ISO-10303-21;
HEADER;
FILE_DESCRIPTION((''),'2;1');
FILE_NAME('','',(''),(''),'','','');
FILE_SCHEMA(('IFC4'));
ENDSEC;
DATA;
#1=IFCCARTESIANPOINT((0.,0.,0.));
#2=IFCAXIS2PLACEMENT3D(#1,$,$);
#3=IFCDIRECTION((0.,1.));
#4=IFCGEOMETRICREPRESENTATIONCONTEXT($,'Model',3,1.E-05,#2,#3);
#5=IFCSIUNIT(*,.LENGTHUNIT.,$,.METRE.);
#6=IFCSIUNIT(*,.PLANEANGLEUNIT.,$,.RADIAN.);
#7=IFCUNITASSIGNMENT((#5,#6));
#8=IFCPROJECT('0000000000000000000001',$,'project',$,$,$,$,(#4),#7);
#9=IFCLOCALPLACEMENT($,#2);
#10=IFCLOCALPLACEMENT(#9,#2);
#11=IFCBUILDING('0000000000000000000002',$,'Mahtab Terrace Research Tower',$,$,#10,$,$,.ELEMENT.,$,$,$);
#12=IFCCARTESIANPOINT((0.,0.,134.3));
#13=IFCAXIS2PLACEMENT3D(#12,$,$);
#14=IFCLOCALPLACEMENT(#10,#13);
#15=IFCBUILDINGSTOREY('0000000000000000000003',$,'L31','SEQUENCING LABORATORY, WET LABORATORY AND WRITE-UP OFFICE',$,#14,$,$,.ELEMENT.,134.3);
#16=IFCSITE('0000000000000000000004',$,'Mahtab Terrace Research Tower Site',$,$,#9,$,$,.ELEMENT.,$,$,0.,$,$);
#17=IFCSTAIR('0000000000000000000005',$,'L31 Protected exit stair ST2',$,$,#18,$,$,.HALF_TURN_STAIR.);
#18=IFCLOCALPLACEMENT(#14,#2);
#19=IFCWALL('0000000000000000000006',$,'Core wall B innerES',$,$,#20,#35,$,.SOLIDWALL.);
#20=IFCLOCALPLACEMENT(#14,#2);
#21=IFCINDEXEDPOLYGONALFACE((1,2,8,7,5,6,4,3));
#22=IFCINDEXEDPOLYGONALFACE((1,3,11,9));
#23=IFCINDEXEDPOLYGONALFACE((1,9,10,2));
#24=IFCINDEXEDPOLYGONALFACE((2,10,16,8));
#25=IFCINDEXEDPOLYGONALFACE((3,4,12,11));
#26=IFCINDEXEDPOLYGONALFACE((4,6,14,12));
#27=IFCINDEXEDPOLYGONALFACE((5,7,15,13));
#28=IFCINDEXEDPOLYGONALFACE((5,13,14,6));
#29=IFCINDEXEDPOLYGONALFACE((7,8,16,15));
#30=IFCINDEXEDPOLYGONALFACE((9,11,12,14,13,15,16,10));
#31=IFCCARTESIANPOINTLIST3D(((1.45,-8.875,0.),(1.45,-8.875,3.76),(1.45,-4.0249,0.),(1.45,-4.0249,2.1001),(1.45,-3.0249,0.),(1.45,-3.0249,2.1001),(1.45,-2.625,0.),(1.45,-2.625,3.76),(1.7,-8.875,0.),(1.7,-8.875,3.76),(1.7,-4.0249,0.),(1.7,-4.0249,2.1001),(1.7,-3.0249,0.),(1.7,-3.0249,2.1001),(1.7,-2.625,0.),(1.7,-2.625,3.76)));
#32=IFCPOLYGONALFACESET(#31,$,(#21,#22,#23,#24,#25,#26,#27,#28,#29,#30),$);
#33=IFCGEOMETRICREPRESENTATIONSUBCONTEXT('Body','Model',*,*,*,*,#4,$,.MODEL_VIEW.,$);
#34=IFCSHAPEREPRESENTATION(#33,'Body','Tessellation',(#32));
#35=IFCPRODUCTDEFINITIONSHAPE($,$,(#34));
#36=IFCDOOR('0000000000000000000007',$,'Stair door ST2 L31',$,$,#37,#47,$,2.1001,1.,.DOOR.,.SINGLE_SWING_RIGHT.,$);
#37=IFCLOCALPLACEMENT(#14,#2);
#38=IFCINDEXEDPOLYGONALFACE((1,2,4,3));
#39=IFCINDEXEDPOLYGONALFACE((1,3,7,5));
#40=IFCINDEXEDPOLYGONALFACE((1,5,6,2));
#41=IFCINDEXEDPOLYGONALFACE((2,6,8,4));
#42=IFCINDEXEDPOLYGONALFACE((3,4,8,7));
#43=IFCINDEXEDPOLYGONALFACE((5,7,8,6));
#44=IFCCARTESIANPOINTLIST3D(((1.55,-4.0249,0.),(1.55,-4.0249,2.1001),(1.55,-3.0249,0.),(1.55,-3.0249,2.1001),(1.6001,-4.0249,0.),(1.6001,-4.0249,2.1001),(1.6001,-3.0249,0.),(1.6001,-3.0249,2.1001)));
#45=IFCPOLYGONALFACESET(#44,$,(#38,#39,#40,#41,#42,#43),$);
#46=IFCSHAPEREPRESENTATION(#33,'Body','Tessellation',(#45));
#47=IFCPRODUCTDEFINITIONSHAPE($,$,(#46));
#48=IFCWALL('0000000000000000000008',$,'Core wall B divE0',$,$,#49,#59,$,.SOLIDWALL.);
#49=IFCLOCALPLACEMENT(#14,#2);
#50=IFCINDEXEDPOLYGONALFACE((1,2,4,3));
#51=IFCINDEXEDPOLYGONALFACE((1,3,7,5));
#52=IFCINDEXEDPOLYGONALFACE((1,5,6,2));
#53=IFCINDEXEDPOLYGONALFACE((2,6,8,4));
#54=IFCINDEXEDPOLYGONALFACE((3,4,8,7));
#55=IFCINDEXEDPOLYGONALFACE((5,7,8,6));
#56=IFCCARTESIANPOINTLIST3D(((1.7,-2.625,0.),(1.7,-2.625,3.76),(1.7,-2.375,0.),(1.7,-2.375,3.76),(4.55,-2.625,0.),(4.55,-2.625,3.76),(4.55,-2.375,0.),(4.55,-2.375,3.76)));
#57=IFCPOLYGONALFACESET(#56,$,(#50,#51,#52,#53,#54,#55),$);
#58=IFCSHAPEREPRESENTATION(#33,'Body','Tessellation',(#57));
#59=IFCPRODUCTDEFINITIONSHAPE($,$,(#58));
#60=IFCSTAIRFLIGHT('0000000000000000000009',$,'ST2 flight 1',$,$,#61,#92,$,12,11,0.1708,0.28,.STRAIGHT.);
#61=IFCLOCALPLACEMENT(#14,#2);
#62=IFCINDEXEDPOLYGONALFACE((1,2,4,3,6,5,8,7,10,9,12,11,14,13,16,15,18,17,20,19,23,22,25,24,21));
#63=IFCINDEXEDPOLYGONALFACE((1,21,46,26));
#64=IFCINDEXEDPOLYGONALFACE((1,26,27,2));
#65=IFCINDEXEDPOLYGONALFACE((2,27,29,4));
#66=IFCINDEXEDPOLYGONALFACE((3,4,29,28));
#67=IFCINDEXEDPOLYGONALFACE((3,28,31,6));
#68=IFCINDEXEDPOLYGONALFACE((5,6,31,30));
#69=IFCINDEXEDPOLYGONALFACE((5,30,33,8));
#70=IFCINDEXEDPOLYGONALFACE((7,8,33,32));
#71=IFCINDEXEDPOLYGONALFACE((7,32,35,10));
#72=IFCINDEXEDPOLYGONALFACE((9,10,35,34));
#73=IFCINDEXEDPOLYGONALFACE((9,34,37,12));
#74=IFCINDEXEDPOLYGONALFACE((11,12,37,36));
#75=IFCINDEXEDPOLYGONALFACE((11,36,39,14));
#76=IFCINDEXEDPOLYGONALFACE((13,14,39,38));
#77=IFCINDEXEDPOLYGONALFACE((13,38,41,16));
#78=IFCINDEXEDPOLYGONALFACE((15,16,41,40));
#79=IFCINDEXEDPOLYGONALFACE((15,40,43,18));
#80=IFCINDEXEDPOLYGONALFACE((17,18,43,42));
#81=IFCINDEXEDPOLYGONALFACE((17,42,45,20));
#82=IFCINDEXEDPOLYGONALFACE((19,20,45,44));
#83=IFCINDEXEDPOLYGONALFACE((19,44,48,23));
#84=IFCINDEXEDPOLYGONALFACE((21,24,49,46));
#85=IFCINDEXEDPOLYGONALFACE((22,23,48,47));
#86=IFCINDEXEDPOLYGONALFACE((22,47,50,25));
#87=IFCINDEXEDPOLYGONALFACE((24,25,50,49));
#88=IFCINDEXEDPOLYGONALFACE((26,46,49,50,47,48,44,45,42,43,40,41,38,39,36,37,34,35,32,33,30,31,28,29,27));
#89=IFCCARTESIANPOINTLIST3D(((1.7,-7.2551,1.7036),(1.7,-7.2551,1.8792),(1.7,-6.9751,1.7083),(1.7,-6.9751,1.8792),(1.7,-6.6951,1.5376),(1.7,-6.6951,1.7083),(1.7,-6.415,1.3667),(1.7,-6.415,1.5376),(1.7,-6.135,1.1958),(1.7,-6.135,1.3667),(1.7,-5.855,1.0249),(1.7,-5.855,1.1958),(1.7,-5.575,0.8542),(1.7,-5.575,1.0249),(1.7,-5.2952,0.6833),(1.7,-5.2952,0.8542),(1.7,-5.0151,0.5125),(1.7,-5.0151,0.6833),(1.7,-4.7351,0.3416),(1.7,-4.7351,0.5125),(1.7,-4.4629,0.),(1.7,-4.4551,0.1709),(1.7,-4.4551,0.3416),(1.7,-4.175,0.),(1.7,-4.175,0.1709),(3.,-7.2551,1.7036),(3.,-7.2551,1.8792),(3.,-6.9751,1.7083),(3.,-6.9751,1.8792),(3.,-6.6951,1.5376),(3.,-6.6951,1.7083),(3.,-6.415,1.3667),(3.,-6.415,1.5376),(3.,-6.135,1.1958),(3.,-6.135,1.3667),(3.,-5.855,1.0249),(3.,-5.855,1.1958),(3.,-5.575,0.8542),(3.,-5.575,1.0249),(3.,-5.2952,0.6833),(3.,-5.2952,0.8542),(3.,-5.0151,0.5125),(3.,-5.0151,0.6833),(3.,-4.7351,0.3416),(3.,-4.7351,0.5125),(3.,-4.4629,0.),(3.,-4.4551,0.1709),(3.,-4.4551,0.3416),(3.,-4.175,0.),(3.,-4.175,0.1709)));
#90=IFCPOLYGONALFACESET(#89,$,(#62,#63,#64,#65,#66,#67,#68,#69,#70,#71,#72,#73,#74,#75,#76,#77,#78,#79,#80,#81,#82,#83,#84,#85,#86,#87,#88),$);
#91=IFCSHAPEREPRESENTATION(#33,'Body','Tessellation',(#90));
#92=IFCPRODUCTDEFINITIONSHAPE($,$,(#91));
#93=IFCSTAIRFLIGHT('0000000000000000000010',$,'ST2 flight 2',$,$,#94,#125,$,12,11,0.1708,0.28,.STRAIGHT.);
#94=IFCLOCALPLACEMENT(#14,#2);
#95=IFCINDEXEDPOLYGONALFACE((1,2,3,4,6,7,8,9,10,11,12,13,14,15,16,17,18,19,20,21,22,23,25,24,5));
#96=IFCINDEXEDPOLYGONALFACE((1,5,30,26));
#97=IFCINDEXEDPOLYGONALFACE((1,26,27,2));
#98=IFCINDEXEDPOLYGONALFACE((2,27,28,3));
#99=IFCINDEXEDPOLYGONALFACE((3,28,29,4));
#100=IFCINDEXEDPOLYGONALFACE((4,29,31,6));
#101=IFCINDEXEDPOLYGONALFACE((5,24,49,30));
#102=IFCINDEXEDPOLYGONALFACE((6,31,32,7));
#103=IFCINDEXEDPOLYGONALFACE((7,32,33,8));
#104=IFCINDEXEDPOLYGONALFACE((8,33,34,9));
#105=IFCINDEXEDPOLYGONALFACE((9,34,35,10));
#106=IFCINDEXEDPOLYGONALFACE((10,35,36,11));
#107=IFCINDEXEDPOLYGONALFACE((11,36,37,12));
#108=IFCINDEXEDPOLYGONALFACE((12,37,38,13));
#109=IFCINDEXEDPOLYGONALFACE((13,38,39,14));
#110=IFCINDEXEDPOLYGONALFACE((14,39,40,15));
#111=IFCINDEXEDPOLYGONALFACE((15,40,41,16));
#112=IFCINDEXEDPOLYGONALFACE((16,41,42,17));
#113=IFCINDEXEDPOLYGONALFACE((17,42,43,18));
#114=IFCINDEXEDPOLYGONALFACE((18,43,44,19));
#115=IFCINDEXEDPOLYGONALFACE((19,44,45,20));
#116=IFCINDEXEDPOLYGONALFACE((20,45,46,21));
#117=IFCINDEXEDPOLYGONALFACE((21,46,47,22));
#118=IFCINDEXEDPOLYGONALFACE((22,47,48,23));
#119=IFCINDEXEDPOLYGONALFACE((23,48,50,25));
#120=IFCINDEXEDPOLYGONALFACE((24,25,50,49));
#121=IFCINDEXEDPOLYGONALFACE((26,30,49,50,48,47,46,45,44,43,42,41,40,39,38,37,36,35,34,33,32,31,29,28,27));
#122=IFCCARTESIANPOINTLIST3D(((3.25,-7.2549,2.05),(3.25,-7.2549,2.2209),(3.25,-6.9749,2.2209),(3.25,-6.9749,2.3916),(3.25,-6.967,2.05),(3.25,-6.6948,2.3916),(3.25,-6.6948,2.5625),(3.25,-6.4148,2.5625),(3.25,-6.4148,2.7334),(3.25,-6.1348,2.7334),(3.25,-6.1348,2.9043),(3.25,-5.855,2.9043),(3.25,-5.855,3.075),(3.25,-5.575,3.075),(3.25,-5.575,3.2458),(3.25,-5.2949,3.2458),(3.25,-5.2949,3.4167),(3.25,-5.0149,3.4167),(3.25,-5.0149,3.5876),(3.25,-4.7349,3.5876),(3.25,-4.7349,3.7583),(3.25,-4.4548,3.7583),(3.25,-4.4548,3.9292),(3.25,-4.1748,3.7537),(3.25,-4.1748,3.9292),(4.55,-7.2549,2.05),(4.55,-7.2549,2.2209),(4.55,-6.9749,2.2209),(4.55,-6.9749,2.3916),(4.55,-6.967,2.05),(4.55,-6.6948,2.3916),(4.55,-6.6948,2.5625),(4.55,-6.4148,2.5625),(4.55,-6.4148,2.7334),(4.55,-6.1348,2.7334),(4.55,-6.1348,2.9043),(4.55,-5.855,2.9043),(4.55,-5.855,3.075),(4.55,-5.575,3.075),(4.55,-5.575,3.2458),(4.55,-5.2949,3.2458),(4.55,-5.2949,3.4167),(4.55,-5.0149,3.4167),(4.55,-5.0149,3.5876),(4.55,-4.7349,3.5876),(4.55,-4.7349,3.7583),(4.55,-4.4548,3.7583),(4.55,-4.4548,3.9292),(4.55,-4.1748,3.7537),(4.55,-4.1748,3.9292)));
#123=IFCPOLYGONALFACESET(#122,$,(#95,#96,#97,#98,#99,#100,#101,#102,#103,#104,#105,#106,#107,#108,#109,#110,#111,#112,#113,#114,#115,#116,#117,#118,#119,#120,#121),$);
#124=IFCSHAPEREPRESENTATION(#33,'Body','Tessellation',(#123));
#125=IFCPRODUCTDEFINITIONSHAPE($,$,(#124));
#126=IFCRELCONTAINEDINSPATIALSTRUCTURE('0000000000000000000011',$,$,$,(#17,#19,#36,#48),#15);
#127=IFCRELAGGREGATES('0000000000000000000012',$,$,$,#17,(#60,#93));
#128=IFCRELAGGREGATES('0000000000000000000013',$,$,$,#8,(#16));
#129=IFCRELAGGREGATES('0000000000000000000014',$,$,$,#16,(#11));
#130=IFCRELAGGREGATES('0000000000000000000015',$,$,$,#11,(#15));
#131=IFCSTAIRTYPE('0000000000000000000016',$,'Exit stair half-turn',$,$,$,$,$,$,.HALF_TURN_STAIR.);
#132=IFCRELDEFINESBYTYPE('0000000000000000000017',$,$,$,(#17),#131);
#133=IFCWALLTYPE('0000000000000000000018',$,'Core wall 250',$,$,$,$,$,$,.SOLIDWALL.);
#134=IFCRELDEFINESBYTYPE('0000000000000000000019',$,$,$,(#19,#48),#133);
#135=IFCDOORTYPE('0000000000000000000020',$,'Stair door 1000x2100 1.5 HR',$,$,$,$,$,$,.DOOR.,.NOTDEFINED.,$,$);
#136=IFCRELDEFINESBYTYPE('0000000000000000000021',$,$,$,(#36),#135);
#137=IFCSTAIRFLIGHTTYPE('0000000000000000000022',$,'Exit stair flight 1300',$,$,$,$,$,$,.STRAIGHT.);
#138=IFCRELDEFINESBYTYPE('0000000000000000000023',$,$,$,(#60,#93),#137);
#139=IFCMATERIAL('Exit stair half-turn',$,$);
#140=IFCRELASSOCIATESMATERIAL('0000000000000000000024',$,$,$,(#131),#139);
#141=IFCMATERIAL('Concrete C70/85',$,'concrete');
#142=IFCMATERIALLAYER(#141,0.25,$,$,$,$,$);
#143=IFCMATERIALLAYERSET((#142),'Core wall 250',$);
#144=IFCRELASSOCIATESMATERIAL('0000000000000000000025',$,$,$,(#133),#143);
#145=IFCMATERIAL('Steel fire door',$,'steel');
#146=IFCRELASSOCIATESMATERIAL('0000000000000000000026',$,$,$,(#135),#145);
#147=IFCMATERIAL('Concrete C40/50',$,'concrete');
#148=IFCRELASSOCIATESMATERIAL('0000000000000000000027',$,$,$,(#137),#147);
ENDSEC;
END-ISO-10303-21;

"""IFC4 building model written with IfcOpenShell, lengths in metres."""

from ifc_helpers import new_model, si_unit, direction, frame, frame_2d, origin, place, context, subcontext, project, spatial, polyline, rectangle, outline, extrude, material, layer, layer_set, type_object, element, fill, aggregate, save


model = new_model("IFC4")

# Units and contexts
model_context = context("Model", 3, precision=1e-05, world=origin(), true_north=direction((0.0, 1.0)))
body_context = subcontext(model_context, "Body", "Model", "MODEL_VIEW")
ifc_project = project(units=[si_unit("LENGTHUNIT", "METRE"), si_unit("PLANEANGLEUNIT", "RADIAN")], contexts=[model_context])

# Site, building, storey
site_placement = place(None, origin())
site = spatial("IfcSite", under=ifc_project, at=site_placement, Name="Mahtab Terrace Research Tower Site", CompositionType="ELEMENT", RefElevation=0.0)
building_placement = place(site_placement, origin())
building = spatial("IfcBuilding", under=site, at=building_placement, Name="Mahtab Terrace Research Tower", CompositionType="ELEMENT")
storey_placement = place(building_placement, frame((0.0, 0.0, 134.3)))
storey = spatial("IfcBuildingStorey", under=building, at=storey_placement, Name="L31", Description="SEQUENCING LABORATORY, WET LABORATORY AND WRITE-UP OFFICE", CompositionType="ELEMENT", Elevation=134.3)

# Stair
ifc_material_1 = material(Name="Exit stair half-turn")
stair_type = type_object("IfcStairType", Name="Exit stair half-turn", PredefinedType="HALF_TURN_STAIR", material=ifc_material_1)
ifc_material_2 = material(Name="Concrete C40/50", Category="concrete")
stair_1_placement = place(storey_placement, origin())
stair_1 = element("IfcStair", 1, at=stair_1_placement, inside=storey, type_object=stair_type, Name="L31 Protected exit stair ST2", PredefinedType="HALF_TURN_STAIR")

# Shared definitions
ifc_material_3 = material(Name="Concrete C70/85", Category="concrete")
ifc_layer_1 = layer(ifc_material_3, 0.25)
ifc_layer_set_1 = layer_set([ifc_layer_1], Name="Core wall 250")
wall_type = type_object("IfcWallType", Name="Core wall 250", PredefinedType="SOLIDWALL", material=ifc_layer_set_1)

# Wall, opening, door
ifc_material_4 = material(Name="Steel fire door", Category="steel")
wall_1_placement = place(storey_placement, frame((1.575, -8.875, 0.0), z_axis=(0.0, 0.0, 1.0), x_axis=(0.0, 1.0, 0.0)))
wall_1 = element("IfcWall", 2, at=wall_1_placement, inside=storey, type_object=wall_type, Name="Core wall B innerES", PredefinedType="SOLIDWALL", context=body_context, shape_type="SweptSolid", body=[
    extrude(rectangle(XDim=6.25, YDim=0.25, at=frame_2d((3.125, 0.0))), origin(), (0.0, 0.0, 1.0), 3.76),
])
opening_1_placement = place(wall_1_placement, frame((4.8501, 0.0, 0.0)))
opening_1 = element("IfcOpeningElement", 3, at=opening_1_placement, cuts=wall_1, PredefinedType="OPENING", context=body_context, shape_type="SweptSolid", body=[
    extrude(rectangle(XDim=1.0, YDim=2.1001, at=frame_2d((0.5, 1.05))), frame((0.0, 0.135, 0.0), z_axis=(0.0, -1.0, 0.0), x_axis=(1.0, 0.0, 0.0)), (0.0, 0.0, 1.0), 0.27),
])
door_type_1 = type_object("IfcDoorType", Name="Stair door 1000x2100 1.5 HR", OperationType="NOTDEFINED", PredefinedType="DOOR", material=ifc_material_4)
door_1_placement = place(opening_1_placement, origin())
door_1 = element("IfcDoor", 4, at=door_1_placement, inside=storey, type_object=door_type_1, Name="Stair door ST2 L31", OperationType="SINGLE_SWING_RIGHT", OverallHeight=2.1001, OverallWidth=1.0, PredefinedType="DOOR", context=body_context, shape_type="SweptSolid", body=[
    extrude(rectangle(XDim=1.0, YDim=2.1001, at=frame_2d((0.5, 1.05))), frame((0.0, 0.0249, 0.0), z_axis=(0.0, -1.0, 0.0), x_axis=(1.0, 0.0, 0.0)), (0.0, 0.0, 1.0), 0.05),
])
fill(opening_1, door_1)

# Wall
wall_2_placement = place(storey_placement, frame((1.7, -2.5, 0.0), z_axis=(0.0, 0.0, 1.0), x_axis=(1.0, 0.0, 0.0)))
element("IfcWall", 5, at=wall_2_placement, inside=storey, type_object=wall_type, Name="Core wall B divE0", PredefinedType="SOLIDWALL", context=body_context, shape_type="SweptSolid", body=[
    extrude(rectangle(XDim=2.8501, YDim=0.25, at=frame_2d((1.425, 0.0))), origin(), (0.0, 0.0, 1.0), 3.76),
])

# Stair flights
stair_flight_type = type_object("IfcStairFlightType", Name="Exit stair flight 1300", PredefinedType="STRAIGHT", material=ifc_material_2)
stair_flight_1_placement = place(storey_placement, frame((2.3501, -4.175, 0.0), z_axis=(0.0, 0.0, 1.0), x_axis=(0.0, -1.0, 0.0)))
stair_flight_1 = element("IfcStairFlight", 6, at=stair_flight_1_placement, type_object=stair_flight_type, Name="ST2 flight 1", NumberOfRisers=12, NumberOfTreads=11, PredefinedType="STRAIGHT", RiserHeight=0.1708, TreadLength=0.28, context=body_context, shape_type="SweptSolid", body=[
    extrude(outline(polyline([(0.0, 0.0), (0.0, 0.1709), (0.28, 0.1709), (0.28, 0.3416), (0.5601, 0.3416), (0.5601, 0.5125), (0.8401, 0.5125), (0.8401, 0.6833), (1.1201, 0.6833), (1.1201, 0.8542), (1.3999, 0.8542), (1.3999, 1.0249), (1.6799, 1.0249), (1.6799, 1.1958), (1.96, 1.1958), (1.96, 1.3667), (2.24, 1.3667), (2.24, 1.5376), (2.52, 1.5376), (2.52, 1.7083), (2.8, 1.7083), (2.8, 1.8792), (3.0801, 1.8792), (3.0801, 2.05), (3.0801, 1.7036), (0.2878, 0.0), (0.0, 0.0)])), frame((0.0, 0.6499, 0.0), z_axis=(0.0, -1.0, 0.0), x_axis=(1.0, 0.0, 0.0)), (0.0, 0.0, 1.0), 1.3),
])
stair_flight_2_placement = place(storey_placement, frame((3.8999, -7.2549, 2.05), z_axis=(0.0, 0.0, 1.0), x_axis=(0.0, 1.0, 0.0)))
stair_flight_2 = element("IfcStairFlight", 7, at=stair_flight_2_placement, type_object=stair_flight_type, Name="ST2 flight 2", NumberOfRisers=12, NumberOfTreads=11, PredefinedType="STRAIGHT", RiserHeight=0.1708, TreadLength=0.28, context=body_context, shape_type="SweptSolid", body=[
    extrude(outline(polyline([(0.0, 0.0), (0.0, 0.1709), (0.28, 0.1709), (0.28, 0.3416), (0.5601, 0.3416), (0.5601, 0.5125), (0.8401, 0.5125), (0.8401, 0.6833), (1.1201, 0.6833), (1.1201, 0.8542), (1.3999, 0.8542), (1.3999, 1.0249), (1.6799, 1.0249), (1.6799, 1.1958), (1.96, 1.1958), (1.96, 1.3667), (2.24, 1.3667), (2.24, 1.5376), (2.52, 1.5376), (2.52, 1.7083), (2.8, 1.7083), (2.8, 1.8792), (3.0801, 1.8792), (3.0801, 2.05), (3.0801, 1.7036), (0.2878, 0.0), (0.0, 0.0)])), frame((0.0, 0.6499, 0.0), z_axis=(0.0, -1.0, 0.0), x_axis=(1.0, 0.0, 0.0)), (0.0, 0.0, 1.0), 1.3),
])
aggregate(stair_1, [stair_flight_1, stair_flight_2])

save(model, "model.ifc")
